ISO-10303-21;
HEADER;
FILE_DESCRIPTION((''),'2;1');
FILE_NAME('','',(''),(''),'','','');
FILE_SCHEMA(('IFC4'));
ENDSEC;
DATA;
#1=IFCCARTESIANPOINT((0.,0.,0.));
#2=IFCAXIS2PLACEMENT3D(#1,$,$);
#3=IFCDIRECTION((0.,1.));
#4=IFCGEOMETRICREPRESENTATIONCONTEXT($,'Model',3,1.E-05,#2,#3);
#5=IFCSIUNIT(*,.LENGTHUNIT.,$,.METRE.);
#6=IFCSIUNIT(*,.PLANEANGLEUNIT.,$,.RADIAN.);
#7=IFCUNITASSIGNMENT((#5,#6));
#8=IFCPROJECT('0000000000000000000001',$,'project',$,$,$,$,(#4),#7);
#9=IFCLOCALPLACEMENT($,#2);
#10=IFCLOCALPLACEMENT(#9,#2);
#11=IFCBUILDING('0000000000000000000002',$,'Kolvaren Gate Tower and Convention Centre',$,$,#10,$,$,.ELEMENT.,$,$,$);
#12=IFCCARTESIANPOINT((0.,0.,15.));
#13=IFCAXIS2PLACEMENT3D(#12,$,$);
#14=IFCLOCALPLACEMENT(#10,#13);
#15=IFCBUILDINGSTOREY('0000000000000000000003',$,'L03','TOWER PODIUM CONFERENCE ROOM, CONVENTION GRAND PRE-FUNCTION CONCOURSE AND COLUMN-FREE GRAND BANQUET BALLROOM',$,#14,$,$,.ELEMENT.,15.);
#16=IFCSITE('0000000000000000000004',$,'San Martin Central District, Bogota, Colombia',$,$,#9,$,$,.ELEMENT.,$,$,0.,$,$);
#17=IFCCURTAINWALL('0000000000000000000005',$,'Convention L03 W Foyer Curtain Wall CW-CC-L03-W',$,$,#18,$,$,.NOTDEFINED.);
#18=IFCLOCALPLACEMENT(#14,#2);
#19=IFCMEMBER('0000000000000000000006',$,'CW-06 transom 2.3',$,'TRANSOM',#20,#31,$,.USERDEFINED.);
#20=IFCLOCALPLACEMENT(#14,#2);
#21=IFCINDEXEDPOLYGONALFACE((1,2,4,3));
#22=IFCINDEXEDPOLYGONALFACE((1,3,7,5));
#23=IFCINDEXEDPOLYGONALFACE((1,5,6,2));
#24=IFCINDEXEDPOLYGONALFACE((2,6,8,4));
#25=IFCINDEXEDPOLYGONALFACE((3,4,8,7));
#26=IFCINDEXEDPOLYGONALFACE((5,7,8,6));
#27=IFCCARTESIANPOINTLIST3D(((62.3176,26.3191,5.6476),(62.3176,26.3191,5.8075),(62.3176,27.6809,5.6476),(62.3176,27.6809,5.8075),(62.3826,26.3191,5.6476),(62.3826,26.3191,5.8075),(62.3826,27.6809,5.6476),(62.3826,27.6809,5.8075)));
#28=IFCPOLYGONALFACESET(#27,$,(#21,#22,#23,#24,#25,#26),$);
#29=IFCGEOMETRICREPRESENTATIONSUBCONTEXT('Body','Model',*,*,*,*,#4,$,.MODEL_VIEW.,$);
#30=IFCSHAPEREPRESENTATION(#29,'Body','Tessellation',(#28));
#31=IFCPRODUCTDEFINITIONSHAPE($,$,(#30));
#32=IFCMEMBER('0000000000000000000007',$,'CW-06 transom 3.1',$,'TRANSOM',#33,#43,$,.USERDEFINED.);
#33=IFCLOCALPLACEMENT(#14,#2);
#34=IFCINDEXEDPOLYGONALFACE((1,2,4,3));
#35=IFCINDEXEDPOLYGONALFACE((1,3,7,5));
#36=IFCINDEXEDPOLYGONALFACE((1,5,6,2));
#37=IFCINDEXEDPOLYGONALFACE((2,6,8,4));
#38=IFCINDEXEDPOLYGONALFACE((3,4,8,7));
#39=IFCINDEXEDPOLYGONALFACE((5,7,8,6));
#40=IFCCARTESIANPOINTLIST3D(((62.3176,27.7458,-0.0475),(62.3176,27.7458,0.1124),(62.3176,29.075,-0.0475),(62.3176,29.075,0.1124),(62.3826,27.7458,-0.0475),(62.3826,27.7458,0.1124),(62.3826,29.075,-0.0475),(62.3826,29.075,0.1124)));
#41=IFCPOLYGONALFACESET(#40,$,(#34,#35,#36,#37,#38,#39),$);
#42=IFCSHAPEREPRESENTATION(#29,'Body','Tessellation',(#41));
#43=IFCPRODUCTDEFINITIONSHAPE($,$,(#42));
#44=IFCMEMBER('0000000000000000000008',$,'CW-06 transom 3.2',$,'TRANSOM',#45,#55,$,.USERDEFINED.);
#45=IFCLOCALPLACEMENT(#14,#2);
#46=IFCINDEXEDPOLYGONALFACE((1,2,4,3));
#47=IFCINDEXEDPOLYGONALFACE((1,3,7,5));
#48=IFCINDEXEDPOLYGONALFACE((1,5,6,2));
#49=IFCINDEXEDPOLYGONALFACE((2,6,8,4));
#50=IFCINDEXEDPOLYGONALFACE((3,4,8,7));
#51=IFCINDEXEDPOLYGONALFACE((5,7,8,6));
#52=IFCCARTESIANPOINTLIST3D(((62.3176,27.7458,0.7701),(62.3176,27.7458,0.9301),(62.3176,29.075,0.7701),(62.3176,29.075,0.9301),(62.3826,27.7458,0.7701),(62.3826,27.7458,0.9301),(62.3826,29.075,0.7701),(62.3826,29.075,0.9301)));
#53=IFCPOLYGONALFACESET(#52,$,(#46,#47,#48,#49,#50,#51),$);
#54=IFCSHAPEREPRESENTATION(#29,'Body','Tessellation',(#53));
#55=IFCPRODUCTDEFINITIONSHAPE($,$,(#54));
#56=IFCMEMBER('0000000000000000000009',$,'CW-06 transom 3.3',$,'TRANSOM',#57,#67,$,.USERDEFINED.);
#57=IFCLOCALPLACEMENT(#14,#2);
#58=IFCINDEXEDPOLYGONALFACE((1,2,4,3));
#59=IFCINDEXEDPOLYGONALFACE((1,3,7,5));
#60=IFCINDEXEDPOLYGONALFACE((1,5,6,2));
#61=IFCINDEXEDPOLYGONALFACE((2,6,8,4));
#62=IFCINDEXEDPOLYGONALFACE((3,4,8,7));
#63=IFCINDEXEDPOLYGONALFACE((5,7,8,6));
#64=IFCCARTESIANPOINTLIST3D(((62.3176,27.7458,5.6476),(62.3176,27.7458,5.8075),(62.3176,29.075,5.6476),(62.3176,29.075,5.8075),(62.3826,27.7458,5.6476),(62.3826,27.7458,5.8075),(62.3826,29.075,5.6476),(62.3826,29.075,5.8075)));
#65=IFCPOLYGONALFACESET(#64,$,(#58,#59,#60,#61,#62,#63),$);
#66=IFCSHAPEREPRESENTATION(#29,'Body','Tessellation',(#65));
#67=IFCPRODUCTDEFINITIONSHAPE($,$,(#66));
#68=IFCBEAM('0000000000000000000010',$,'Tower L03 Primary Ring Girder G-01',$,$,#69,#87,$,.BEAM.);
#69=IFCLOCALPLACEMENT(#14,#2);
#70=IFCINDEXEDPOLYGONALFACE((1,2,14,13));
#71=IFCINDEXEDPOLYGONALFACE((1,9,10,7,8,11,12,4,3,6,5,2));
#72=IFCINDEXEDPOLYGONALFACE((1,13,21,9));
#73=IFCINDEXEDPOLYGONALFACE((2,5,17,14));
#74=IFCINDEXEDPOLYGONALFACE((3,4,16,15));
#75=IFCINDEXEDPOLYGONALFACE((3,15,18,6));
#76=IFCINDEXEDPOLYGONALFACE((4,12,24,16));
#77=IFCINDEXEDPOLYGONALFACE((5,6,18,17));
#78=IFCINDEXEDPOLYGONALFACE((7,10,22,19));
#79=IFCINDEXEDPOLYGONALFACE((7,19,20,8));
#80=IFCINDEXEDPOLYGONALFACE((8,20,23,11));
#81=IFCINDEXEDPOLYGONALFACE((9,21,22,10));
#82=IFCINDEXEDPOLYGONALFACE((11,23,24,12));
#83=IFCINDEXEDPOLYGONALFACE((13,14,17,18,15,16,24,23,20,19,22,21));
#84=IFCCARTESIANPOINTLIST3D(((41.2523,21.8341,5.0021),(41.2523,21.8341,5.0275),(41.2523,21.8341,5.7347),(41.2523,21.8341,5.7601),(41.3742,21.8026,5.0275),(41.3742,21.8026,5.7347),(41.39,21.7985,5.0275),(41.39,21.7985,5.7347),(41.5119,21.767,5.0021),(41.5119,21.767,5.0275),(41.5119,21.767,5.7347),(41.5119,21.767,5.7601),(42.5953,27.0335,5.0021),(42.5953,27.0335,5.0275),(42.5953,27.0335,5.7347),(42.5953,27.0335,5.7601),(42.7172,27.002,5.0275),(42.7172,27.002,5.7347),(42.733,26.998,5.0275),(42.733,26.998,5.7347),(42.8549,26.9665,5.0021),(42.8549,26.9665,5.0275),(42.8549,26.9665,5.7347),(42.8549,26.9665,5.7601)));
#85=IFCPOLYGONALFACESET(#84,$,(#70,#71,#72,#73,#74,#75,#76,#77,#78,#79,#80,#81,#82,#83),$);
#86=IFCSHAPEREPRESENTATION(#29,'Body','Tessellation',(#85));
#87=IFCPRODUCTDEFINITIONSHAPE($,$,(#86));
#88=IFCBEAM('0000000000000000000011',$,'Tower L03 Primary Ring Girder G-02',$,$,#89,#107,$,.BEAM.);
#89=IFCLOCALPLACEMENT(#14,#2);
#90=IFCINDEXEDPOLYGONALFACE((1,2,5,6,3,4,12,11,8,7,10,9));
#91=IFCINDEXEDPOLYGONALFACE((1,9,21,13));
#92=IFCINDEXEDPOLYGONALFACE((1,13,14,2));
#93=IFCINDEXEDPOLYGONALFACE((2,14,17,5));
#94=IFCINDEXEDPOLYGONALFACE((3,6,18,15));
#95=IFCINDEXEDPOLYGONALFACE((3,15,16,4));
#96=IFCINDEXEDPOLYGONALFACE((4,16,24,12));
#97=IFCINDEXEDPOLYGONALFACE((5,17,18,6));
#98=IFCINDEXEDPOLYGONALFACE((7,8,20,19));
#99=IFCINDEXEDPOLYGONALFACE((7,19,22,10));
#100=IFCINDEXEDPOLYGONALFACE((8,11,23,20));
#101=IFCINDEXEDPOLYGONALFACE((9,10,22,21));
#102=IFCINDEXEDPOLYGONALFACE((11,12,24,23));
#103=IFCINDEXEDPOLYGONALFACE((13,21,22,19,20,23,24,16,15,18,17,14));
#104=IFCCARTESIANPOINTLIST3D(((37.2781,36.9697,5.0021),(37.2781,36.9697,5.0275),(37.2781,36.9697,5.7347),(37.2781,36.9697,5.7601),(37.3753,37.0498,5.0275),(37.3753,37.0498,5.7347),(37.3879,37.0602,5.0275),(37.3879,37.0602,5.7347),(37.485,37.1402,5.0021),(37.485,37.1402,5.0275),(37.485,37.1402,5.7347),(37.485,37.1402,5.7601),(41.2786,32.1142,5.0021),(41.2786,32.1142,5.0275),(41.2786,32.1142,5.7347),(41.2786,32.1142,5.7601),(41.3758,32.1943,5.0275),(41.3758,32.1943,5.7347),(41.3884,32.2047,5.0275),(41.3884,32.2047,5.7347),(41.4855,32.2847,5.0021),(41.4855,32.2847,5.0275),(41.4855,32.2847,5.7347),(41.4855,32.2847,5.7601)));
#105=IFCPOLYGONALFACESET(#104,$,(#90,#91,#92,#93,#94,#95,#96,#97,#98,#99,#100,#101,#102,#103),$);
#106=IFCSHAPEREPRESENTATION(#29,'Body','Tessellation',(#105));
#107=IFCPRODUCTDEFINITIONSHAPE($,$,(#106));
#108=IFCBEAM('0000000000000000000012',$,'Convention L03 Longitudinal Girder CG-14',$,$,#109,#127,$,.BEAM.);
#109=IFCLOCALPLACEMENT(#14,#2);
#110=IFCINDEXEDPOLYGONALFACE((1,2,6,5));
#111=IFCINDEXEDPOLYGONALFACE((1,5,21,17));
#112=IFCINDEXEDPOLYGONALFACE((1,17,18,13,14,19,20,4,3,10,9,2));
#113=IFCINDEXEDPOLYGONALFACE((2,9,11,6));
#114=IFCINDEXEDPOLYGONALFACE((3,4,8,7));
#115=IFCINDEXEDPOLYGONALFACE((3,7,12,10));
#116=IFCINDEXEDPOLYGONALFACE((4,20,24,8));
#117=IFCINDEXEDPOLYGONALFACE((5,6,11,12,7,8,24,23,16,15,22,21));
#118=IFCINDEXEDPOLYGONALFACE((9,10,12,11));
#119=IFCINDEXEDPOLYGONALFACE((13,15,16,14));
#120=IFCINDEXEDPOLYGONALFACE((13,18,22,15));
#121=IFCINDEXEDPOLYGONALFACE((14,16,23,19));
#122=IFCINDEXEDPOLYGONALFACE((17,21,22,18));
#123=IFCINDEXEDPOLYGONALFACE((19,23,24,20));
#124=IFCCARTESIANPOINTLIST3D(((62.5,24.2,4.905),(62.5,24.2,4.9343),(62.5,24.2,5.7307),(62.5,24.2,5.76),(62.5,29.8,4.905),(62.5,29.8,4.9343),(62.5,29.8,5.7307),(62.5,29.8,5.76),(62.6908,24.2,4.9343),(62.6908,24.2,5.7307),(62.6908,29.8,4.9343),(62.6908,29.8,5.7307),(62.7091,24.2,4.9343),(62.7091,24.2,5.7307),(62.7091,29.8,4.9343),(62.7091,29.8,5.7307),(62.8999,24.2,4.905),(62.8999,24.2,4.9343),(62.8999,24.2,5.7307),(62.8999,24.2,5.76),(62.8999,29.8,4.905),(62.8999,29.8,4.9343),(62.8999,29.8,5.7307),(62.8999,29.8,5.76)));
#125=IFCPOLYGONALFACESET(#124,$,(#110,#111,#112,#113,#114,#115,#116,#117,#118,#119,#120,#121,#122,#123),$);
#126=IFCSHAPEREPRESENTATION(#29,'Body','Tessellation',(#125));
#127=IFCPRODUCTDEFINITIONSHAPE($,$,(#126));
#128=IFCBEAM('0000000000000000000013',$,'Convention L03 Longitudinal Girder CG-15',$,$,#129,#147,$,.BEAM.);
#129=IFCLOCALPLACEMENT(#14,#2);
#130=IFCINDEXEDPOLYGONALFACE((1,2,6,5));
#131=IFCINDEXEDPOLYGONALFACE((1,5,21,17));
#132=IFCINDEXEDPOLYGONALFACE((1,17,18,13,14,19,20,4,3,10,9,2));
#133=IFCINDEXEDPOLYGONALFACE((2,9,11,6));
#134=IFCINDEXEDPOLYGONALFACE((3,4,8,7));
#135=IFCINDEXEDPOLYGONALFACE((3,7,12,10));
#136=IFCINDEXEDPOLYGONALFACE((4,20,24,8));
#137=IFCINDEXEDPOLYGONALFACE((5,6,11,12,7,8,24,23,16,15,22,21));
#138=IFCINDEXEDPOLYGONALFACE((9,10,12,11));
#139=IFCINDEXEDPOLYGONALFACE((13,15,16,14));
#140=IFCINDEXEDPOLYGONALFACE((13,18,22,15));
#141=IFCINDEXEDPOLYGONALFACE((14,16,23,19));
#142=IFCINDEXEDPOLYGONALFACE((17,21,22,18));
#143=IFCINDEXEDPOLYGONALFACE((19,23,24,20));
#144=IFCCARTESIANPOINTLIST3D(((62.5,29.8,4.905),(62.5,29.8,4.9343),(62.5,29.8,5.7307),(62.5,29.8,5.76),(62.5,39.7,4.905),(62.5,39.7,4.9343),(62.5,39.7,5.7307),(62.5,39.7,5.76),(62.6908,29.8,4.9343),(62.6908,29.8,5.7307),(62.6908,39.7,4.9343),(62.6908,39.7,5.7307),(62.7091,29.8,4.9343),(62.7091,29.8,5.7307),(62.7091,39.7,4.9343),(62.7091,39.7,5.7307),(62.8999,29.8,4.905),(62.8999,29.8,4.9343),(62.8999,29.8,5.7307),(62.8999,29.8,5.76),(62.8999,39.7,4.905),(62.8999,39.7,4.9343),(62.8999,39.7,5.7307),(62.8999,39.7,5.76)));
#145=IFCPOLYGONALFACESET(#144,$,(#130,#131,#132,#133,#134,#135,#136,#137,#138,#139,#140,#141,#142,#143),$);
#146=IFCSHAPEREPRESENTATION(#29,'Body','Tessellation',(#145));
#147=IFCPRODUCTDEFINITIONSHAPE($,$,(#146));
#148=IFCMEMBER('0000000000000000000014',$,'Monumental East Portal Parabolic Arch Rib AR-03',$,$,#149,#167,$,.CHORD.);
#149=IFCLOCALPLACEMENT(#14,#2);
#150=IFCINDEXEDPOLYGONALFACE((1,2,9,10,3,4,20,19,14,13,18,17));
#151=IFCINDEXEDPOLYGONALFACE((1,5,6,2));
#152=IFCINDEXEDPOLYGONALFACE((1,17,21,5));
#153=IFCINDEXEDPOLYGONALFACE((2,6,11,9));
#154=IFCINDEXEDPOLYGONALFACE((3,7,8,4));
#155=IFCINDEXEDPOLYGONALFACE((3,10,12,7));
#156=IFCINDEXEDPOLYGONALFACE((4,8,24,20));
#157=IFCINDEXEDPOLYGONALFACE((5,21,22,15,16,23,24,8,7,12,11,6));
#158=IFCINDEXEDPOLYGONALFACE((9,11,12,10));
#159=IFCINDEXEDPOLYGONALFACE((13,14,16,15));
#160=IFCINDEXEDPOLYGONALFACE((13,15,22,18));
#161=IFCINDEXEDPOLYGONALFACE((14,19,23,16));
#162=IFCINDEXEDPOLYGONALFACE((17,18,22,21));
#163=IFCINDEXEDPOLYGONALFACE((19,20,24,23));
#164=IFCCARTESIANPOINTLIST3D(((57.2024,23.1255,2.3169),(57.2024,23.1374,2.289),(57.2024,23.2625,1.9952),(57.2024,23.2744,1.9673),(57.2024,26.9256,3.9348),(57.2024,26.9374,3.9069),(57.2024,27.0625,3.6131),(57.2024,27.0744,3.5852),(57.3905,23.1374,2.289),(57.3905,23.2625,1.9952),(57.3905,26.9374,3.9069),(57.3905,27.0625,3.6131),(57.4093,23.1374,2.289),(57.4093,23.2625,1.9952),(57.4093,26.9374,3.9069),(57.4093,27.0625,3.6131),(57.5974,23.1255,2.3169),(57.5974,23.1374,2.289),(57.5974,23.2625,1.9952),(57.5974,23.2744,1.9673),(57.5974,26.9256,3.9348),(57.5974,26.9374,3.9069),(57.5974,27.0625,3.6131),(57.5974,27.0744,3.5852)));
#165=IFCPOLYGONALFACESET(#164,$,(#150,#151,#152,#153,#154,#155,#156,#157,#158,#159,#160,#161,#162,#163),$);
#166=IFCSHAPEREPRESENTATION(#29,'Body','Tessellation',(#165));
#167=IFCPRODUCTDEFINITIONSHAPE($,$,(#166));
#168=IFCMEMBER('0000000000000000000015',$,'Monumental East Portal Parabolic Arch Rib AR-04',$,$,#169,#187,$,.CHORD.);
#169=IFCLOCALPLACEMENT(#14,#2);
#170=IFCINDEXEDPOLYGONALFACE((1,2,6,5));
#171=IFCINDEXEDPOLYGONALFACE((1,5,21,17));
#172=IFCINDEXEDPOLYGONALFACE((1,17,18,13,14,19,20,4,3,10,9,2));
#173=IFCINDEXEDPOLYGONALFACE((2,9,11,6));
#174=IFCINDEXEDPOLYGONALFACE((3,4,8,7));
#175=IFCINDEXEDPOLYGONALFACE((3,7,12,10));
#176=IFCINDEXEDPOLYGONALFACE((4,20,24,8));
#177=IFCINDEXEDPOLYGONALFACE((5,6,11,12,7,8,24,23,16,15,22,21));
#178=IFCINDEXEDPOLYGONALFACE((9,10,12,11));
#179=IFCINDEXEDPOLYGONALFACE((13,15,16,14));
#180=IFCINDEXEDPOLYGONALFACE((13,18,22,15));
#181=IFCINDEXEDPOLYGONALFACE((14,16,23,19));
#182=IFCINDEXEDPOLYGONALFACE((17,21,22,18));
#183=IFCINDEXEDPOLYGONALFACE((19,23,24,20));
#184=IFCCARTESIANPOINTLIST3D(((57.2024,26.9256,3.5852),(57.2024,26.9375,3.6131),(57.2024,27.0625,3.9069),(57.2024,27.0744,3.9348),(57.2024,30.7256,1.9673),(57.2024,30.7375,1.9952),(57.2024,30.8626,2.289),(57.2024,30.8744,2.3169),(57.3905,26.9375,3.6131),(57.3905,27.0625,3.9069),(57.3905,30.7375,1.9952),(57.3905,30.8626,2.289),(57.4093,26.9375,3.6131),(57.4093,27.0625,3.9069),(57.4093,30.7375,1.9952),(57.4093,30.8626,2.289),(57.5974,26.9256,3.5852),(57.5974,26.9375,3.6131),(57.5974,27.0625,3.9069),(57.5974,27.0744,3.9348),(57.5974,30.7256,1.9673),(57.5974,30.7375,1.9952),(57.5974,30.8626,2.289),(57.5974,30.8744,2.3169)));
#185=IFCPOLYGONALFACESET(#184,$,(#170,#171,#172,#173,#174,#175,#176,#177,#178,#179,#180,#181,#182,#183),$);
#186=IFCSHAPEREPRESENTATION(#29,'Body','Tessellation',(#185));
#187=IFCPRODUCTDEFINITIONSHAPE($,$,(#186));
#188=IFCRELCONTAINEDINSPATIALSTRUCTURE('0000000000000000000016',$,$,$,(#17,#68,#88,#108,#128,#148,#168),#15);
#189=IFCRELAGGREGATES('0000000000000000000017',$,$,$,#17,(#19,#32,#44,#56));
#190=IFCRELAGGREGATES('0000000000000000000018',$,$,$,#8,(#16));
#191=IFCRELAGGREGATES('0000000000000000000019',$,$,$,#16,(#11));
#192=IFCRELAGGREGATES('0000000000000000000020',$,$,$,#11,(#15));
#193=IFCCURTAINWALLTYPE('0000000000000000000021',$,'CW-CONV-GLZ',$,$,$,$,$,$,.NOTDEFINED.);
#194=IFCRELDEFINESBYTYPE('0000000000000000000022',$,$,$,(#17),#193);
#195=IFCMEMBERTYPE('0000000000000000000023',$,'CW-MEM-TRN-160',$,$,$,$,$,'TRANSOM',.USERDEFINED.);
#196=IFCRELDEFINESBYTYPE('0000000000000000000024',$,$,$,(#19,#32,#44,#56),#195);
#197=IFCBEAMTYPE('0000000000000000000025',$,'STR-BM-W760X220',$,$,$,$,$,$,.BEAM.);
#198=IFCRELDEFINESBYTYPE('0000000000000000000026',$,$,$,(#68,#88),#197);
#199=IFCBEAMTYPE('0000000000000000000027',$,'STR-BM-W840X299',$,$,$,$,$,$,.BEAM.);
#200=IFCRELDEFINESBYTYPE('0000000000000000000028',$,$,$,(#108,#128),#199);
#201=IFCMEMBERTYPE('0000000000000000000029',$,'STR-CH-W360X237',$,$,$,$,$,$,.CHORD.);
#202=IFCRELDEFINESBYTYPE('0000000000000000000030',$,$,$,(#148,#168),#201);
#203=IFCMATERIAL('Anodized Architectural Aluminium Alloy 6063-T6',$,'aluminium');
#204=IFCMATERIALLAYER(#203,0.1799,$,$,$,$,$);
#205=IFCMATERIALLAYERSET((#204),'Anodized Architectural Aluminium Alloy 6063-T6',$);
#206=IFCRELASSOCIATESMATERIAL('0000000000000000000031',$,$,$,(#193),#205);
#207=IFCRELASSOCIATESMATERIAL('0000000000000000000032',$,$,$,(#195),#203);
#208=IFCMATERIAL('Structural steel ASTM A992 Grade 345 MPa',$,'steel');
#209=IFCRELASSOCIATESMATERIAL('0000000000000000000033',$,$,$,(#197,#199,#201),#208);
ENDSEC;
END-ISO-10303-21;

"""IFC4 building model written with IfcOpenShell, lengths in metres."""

from ifc_helpers import new_model, si_unit, direction, frame, origin, origin_2d, place, context, subcontext, project, spatial, rectangle, i_section, extrude, material, layer, layer_set, material_profile, profile_set, type_object, element, aggregate, save


model = new_model("IFC4")

# Units and contexts
model_context = context("Model", 3, precision=1e-05, world=origin(), true_north=direction((0.0, 1.0)))
body_context = subcontext(model_context, "Body", "Model", "MODEL_VIEW")
ifc_project = project(units=[si_unit("LENGTHUNIT", "METRE"), si_unit("PLANEANGLEUNIT", "RADIAN")], contexts=[model_context])

# Site, building, storey
site_placement = place(None, origin())
site = spatial("IfcSite", under=ifc_project, at=site_placement, Name="San Martin Central District, Bogota, Colombia", CompositionType="ELEMENT", RefElevation=0.0)
building_placement = place(site_placement, origin())
building = spatial("IfcBuilding", under=site, at=building_placement, Name="Kolvaren Gate Tower and Convention Centre", CompositionType="ELEMENT")
storey_placement = place(building_placement, frame((0.0, 0.0, 15.0)))
storey = spatial("IfcBuildingStorey", under=building, at=storey_placement, Name="L03", Description="TOWER PODIUM CONFERENCE ROOM, CONVENTION GRAND PRE-FUNCTION CONCOURSE AND COLUMN-FREE GRAND BANQUET BALLROOM", CompositionType="ELEMENT", Elevation=15.0)

# Shared definitions
ifc_material_1 = material(Name="Structural steel ASTM A992 Grade 345 MPa", Category="steel")

# Curtain wall, members
ifc_material_2 = material(Name="Anodized Architectural Aluminium Alloy 6063-T6", Category="aluminium")
ifc_layer_1 = layer(ifc_material_2, 0.1799)
ifc_layer_set_1 = layer_set([ifc_layer_1], Name="Anodized Architectural Aluminium Alloy 6063-T6")
curtain_wall_type = type_object("IfcCurtainWallType", Name="CW-CONV-GLZ", PredefinedType="NOTDEFINED", material=ifc_layer_set_1)
curtain_wall_placement = place(storey_placement, origin())
curtain_wall = element("IfcCurtainWall", 1, at=curtain_wall_placement, inside=storey, type_object=curtain_wall_type, Name="Convention L03 W Foyer Curtain Wall CW-CC-L03-W", PredefinedType="NOTDEFINED")
ifc_material_profile_1 = material_profile(ifc_material_2, rectangle(XDim=0.0649, YDim=0.1599, at=origin_2d()), Name="CW-MEM-TRN-160")
ifc_profile_set_1 = profile_set([ifc_material_profile_1], Name="Anodized Architectural Aluminium Alloy 6063-T6")
member_type_1 = type_object("IfcMemberType", Name="CW-MEM-TRN-160", ElementType="TRANSOM", PredefinedType="USERDEFINED", material=ifc_profile_set_1)
member_1_placement = place(storey_placement, frame((62.3501, 26.3191, 5.7275), z_axis=(0.0, 1.0, 0.0), x_axis=(-1.0, 0.0, 0.0)))
member_1 = element("IfcMember", 2, at=member_1_placement, type_object=member_type_1, Name="CW-06 transom 2.3", ObjectType="TRANSOM", PredefinedType="USERDEFINED", context=body_context, shape_type="SweptSolid", body=[
    extrude(rectangle(XDim=0.0649, YDim=0.1599, at=origin_2d()), origin(), (0.0, 0.0, 1.0), 1.3618),
])
member_2_placement = place(storey_placement, frame((62.3501, 27.7458, 0.0325), z_axis=(0.0, 1.0, 0.0), x_axis=(-1.0, 0.0, 0.0)))
member_2 = element("IfcMember", 3, at=member_2_placement, type_object=member_type_1, Name="CW-06 transom 3.1", ObjectType="TRANSOM", PredefinedType="USERDEFINED", context=body_context, shape_type="SweptSolid", body=[
    extrude(rectangle(XDim=0.0649, YDim=0.1599, at=origin_2d()), origin(), (0.0, 0.0, 1.0), 1.3291),
])
member_3_placement = place(storey_placement, frame((62.3501, 27.7458, 0.8501), z_axis=(0.0, 1.0, 0.0), x_axis=(-1.0, 0.0, 0.0)))
member_3 = element("IfcMember", 4, at=member_3_placement, type_object=member_type_1, Name="CW-06 transom 3.2", ObjectType="TRANSOM", PredefinedType="USERDEFINED", context=body_context, shape_type="SweptSolid", body=[
    extrude(rectangle(XDim=0.0649, YDim=0.1599, at=origin_2d()), origin(), (0.0, 0.0, 1.0), 1.3291),
])
member_4_placement = place(storey_placement, frame((62.3501, 27.7458, 5.7275), z_axis=(0.0, 1.0, 0.0), x_axis=(-1.0, 0.0, 0.0)))
member_4 = element("IfcMember", 5, at=member_4_placement, type_object=member_type_1, Name="CW-06 transom 3.3", ObjectType="TRANSOM", PredefinedType="USERDEFINED", context=body_context, shape_type="SweptSolid", body=[
    extrude(rectangle(XDim=0.0649, YDim=0.1599, at=origin_2d()), origin(), (0.0, 0.0, 1.0), 1.3291),
])

# Beams
ifc_material_profile_2 = material_profile(ifc_material_1, i_section(OverallWidth=0.2681, OverallDepth=0.7581, WebThickness=0.0164, FlangeThickness=0.0254, at=origin_2d()), Name="W760X220")
ifc_profile_set_2 = profile_set([ifc_material_profile_2], Name="Structural steel ASTM A992 Grade 345 MPa")
beam_type_1 = type_object("IfcBeamType", Name="STR-BM-W760X220", PredefinedType="BEAM", material=ifc_profile_set_2)
beam_1_placement = place(storey_placement, frame((42.7251, 27.0, 5.3811), z_axis=(-0.250091, -0.968222, 0.0), x_axis=(0.968222, -0.250091, 0.0)))
element("IfcBeam", 6, at=beam_1_placement, inside=storey, type_object=beam_type_1, Name="Tower L03 Primary Ring Girder G-01", PredefinedType="BEAM", context=body_context, shape_type="SweptSolid", body=[
    extrude(i_section(OverallWidth=0.2681, OverallDepth=0.7581, WebThickness=0.0164, FlangeThickness=0.0254, at=origin_2d()), origin(), (0.0, 0.0, 1.0), 5.3701),
])
beam_2_placement = place(storey_placement, frame((41.3821, 32.1995, 5.3811), z_axis=(-0.635884, 0.771785, 0.0), x_axis=(-0.771785, -0.635884, 0.0)))
element("IfcBeam", 7, at=beam_2_placement, inside=storey, type_object=beam_type_1, Name="Tower L03 Primary Ring Girder G-02", PredefinedType="BEAM", context=body_context, shape_type="SweptSolid", body=[
    extrude(i_section(OverallWidth=0.2681, OverallDepth=0.7581, WebThickness=0.0164, FlangeThickness=0.0254, at=origin_2d()), origin(), (0.0, 0.0, 1.0), 6.2913),
])
ifc_material_profile_3 = material_profile(ifc_material_1, i_section(OverallWidth=0.3999, OverallDepth=0.855, WebThickness=0.0183, FlangeThickness=0.0293, at=origin_2d()), Name="W840X299")
ifc_profile_set_3 = profile_set([ifc_material_profile_3], Name="Structural steel ASTM A992 Grade 345 MPa")
beam_type_2 = type_object("IfcBeamType", Name="STR-BM-W840X299", PredefinedType="BEAM", material=ifc_profile_set_3)
beam_3_placement = place(storey_placement, frame((62.7, 24.2, 5.3325), z_axis=(0.0, 1.0, 0.0), x_axis=(-1.0, 0.0, 0.0)))
element("IfcBeam", 8, at=beam_3_placement, inside=storey, type_object=beam_type_2, Name="Convention L03 Longitudinal Girder CG-14", PredefinedType="BEAM", context=body_context, shape_type="SweptSolid", body=[
    extrude(i_section(OverallWidth=0.3999, OverallDepth=0.855, WebThickness=0.0183, FlangeThickness=0.0293, at=origin_2d()), origin(), (0.0, 0.0, 1.0), 5.6001),
])
beam_4_placement = place(storey_placement, frame((62.7, 29.8, 5.3325), z_axis=(0.0, 1.0, 0.0), x_axis=(-1.0, 0.0, 0.0)))
element("IfcBeam", 9, at=beam_4_placement, inside=storey, type_object=beam_type_2, Name="Convention L03 Longitudinal Girder CG-15", PredefinedType="BEAM", context=body_context, shape_type="SweptSolid", body=[
    extrude(i_section(OverallWidth=0.3999, OverallDepth=0.855, WebThickness=0.0183, FlangeThickness=0.0293, at=origin_2d()), origin(), (0.0, 0.0, 1.0), 9.8999),
])

# Members
ifc_material_profile_4 = material_profile(ifc_material_1, i_section(OverallWidth=0.395, OverallDepth=0.3799, WebThickness=0.0188, FlangeThickness=0.0303, at=origin_2d()), Name="W360X237")
ifc_profile_set_4 = profile_set([ifc_material_profile_4], Name="Structural steel ASTM A992 Grade 345 MPa")
member_type_2 = type_object("IfcMemberType", Name="STR-CH-W360X237", PredefinedType="CHORD", material=ifc_profile_set_4)
for number, where, z_axis, x_axis, name in (
    (10, (57.3999, 23.2, 2.1421), (0.0, 0.920078, 0.391735), (-1.0, 0.0, 0.0), "Monumental East Portal Parabolic Arch Rib AR-03"),
    (11, (57.3999, 27.0, 3.76), (0.0, 0.920078, -0.391735), (-1.0, 0.0, 0.0), "Monumental East Portal Parabolic Arch Rib AR-04"),
):
    element("IfcMember", number, at=place(storey_placement, frame(where, z_axis=z_axis, x_axis=x_axis)), inside=storey, type_object=member_type_2, Name=name, PredefinedType="CHORD", context=body_context, shape_type="SweptSolid", body=[
        extrude(i_section(OverallWidth=0.395, OverallDepth=0.3799, WebThickness=0.0188, FlangeThickness=0.0303, at=origin_2d()), origin(), (0.0, 0.0, 1.0), 4.1301),
    ])

aggregate(curtain_wall, [member_1, member_2, member_3, member_4])

save(model, "model.ifc")
